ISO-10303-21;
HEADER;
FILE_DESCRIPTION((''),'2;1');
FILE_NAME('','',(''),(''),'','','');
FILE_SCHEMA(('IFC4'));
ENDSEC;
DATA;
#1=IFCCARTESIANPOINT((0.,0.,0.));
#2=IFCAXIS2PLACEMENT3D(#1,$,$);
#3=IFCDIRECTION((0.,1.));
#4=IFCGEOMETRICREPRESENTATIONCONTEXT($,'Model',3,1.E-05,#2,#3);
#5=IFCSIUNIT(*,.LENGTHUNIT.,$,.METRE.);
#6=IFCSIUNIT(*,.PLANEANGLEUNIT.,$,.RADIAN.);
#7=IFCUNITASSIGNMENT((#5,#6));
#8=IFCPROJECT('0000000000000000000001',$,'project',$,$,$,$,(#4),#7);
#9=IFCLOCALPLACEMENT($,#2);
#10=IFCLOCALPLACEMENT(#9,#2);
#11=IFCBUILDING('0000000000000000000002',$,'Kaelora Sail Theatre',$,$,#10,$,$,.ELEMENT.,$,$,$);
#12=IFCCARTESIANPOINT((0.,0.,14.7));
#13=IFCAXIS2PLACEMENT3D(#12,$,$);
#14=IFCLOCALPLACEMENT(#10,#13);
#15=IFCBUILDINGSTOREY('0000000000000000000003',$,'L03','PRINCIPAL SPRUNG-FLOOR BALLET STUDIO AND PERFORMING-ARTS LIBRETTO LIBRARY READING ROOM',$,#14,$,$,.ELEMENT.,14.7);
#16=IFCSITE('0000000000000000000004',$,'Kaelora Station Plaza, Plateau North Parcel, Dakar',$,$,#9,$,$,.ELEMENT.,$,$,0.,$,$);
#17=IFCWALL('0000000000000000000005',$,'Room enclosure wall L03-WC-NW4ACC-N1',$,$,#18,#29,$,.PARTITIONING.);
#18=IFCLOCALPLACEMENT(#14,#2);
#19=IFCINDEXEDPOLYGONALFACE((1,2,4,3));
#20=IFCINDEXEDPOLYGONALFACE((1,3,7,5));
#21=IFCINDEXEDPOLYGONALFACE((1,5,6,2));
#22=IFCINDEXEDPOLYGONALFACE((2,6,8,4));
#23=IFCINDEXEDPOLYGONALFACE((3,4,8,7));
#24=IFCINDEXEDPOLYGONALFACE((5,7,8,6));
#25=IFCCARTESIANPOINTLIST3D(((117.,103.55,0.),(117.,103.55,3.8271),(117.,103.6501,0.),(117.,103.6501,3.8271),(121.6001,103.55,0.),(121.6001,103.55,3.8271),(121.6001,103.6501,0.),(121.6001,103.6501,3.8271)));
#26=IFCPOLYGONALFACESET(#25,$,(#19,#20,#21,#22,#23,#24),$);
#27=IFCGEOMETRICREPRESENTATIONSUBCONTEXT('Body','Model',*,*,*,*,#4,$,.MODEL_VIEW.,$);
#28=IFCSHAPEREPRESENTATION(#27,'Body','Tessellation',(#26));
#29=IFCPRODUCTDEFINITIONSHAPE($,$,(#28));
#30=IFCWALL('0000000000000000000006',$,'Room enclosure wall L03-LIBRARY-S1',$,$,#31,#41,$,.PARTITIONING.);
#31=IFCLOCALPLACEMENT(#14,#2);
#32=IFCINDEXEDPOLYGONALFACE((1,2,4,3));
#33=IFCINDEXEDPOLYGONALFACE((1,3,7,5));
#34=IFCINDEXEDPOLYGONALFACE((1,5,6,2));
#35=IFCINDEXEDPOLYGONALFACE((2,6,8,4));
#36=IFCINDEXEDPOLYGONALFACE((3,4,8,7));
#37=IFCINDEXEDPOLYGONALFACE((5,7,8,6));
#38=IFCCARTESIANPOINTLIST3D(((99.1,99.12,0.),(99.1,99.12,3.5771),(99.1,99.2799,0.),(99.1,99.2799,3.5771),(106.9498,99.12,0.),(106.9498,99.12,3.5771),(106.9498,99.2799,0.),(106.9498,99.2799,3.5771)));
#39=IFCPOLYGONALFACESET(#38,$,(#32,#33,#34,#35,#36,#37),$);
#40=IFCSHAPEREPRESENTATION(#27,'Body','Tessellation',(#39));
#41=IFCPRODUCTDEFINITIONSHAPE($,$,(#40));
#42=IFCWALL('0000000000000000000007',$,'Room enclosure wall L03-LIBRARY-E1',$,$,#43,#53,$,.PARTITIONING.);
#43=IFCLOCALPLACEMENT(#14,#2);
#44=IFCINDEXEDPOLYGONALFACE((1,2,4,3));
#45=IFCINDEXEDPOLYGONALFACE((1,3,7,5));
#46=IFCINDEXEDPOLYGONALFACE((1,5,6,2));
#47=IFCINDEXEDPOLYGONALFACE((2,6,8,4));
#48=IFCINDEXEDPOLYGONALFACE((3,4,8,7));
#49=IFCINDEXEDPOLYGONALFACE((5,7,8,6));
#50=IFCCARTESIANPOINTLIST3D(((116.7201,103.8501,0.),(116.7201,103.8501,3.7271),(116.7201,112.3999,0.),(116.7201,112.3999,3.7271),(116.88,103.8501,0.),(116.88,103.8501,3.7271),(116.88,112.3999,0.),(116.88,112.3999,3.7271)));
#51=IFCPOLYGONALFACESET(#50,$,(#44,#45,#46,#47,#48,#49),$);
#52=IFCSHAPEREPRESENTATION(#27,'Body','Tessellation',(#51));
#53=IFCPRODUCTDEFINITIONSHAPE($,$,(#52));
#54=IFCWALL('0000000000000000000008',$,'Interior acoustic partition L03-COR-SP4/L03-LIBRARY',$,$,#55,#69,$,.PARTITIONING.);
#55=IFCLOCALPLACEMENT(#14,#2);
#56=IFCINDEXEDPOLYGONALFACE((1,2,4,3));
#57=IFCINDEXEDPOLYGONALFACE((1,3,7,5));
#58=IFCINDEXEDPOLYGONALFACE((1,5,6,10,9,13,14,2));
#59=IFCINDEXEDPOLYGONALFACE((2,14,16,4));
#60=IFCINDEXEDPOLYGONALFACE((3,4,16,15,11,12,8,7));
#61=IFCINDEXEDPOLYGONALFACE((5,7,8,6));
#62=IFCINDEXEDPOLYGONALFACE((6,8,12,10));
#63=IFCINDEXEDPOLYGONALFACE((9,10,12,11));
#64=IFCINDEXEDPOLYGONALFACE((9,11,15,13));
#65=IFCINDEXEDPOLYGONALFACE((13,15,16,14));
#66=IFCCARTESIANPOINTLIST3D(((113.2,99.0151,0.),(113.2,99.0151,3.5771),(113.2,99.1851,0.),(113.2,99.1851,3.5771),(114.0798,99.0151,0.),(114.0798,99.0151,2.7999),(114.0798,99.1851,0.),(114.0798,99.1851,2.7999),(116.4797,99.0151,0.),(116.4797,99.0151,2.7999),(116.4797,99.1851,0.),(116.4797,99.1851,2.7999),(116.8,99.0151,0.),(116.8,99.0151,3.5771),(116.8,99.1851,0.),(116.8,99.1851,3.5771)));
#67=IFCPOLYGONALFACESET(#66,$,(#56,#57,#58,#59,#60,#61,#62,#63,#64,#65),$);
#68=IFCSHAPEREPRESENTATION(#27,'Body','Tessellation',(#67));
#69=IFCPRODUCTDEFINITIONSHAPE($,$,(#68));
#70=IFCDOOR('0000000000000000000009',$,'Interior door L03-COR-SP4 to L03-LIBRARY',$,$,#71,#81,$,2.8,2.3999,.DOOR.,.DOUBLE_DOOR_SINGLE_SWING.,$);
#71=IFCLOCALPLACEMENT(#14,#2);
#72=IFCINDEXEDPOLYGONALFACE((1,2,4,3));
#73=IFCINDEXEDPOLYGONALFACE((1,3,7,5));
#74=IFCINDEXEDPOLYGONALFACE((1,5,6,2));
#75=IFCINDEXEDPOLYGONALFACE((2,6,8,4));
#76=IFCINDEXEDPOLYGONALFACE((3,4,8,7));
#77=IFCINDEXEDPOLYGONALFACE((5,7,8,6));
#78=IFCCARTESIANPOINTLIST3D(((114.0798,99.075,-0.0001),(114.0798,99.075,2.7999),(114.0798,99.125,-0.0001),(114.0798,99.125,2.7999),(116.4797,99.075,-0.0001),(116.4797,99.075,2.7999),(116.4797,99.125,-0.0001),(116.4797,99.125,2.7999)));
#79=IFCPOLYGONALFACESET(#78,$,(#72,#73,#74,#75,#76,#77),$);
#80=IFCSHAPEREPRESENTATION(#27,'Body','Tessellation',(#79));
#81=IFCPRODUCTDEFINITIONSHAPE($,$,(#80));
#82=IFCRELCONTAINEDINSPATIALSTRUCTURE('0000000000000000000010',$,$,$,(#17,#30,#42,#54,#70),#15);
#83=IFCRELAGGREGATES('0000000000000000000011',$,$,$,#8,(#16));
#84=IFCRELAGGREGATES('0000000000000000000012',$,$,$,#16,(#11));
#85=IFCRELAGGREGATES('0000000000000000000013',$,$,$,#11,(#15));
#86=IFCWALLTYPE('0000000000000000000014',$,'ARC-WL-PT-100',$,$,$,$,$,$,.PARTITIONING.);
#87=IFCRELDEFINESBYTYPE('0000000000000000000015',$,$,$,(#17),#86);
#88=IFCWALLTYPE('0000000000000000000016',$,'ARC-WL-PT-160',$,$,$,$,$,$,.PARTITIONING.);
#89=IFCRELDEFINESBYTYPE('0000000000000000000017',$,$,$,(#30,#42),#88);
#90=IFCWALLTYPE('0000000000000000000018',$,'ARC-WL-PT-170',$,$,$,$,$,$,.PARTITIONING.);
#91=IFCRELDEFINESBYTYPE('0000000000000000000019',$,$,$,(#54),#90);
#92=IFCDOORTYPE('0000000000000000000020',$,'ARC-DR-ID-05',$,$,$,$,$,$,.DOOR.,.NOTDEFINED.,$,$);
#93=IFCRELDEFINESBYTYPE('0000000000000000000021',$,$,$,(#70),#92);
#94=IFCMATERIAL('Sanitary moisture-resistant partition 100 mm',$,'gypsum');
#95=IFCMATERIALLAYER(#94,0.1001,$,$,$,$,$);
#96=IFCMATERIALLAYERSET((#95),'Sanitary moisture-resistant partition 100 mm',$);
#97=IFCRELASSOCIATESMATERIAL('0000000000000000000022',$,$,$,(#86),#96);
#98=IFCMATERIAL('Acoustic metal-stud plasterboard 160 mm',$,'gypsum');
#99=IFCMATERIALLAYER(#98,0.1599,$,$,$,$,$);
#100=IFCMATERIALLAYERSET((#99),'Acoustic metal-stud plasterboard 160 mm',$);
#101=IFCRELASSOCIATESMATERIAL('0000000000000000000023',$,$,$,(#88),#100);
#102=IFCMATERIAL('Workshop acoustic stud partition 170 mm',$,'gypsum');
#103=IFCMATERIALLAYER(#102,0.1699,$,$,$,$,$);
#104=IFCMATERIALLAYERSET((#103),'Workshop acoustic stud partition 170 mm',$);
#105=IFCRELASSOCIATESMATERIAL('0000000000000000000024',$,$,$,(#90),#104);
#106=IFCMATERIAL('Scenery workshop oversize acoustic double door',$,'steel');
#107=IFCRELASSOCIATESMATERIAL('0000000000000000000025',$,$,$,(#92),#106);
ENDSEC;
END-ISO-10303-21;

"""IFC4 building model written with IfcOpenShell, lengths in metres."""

from ifc_helpers import new_model, si_unit, direction, frame, frame_2d, origin, place, context, subcontext, project, spatial, rectangle, extrude, material, layer, layer_set, type_object, element, fill, save


model = new_model("IFC4")

# Units and contexts
model_context = context("Model", 3, precision=1e-05, world=origin(), true_north=direction((0.0, 1.0)))
body_context = subcontext(model_context, "Body", "Model", "MODEL_VIEW")
ifc_project = project(units=[si_unit("LENGTHUNIT", "METRE"), si_unit("PLANEANGLEUNIT", "RADIAN")], contexts=[model_context])

# Site, building, storey
site_placement = place(None, origin())
site = spatial("IfcSite", under=ifc_project, at=site_placement, Name="Kaelora Station Plaza, Plateau North Parcel, Dakar", CompositionType="ELEMENT", RefElevation=0.0)
building_placement = place(site_placement, origin())
building = spatial("IfcBuilding", under=site, at=building_placement, Name="Kaelora Sail Theatre", CompositionType="ELEMENT")
storey_placement = place(building_placement, frame((0.0, 0.0, 14.7)))
storey = spatial("IfcBuildingStorey", under=building, at=storey_placement, Name="L03", Description="PRINCIPAL SPRUNG-FLOOR BALLET STUDIO AND PERFORMING-ARTS LIBRETTO LIBRARY READING ROOM", CompositionType="ELEMENT", Elevation=14.7)

# Shared definitions
ifc_material_1 = material(Name="Sanitary moisture-resistant partition 100 mm", Category="gypsum")
ifc_layer_1 = layer(ifc_material_1, 0.1001)
ifc_layer_set_1 = layer_set([ifc_layer_1], Name="Sanitary moisture-resistant partition 100 mm")
wall_type_1 = type_object("IfcWallType", Name="ARC-WL-PT-100", PredefinedType="PARTITIONING", material=ifc_layer_set_1)

# Walls
wall_1_placement = place(storey_placement, frame((117.0, 103.6001, 0.0), z_axis=(0.0, 0.0, 1.0), x_axis=(1.0, 0.0, 0.0)))
element("IfcWall", 1, at=wall_1_placement, inside=storey, type_object=wall_type_1, Name="Room enclosure wall L03-WC-NW4ACC-N1", PredefinedType="PARTITIONING", context=body_context, shape_type="SweptSolid", body=[
    extrude(rectangle(XDim=4.6001, YDim=0.1001, at=frame_2d((2.3, 0.0))), origin(), (0.0, 0.0, 1.0), 3.8271),
])
ifc_material_2 = material(Name="Acoustic metal-stud plasterboard 160 mm", Category="gypsum")
ifc_layer_2 = layer(ifc_material_2, 0.1599)
ifc_layer_set_2 = layer_set([ifc_layer_2], Name="Acoustic metal-stud plasterboard 160 mm")
wall_type_2 = type_object("IfcWallType", Name="ARC-WL-PT-160", PredefinedType="PARTITIONING", material=ifc_layer_set_2)
wall_2_placement = place(storey_placement, frame((99.1001, 99.2, 0.0), z_axis=(0.0, 0.0, 1.0), x_axis=(1.0, 0.0, 0.0)))
element("IfcWall", 2, at=wall_2_placement, inside=storey, type_object=wall_type_2, Name="Room enclosure wall L03-LIBRARY-S1", PredefinedType="PARTITIONING", context=body_context, shape_type="SweptSolid", body=[
    extrude(rectangle(XDim=7.8499, YDim=0.1599, at=frame_2d((3.9248, 0.0))), origin(), (0.0, 0.0, 1.0), 3.5771),
])
wall_3_placement = place(storey_placement, frame((116.8, 103.8501, 0.0), z_axis=(0.0, 0.0, 1.0), x_axis=(0.0, 1.0, 0.0)))
element("IfcWall", 3, at=wall_3_placement, inside=storey, type_object=wall_type_2, Name="Room enclosure wall L03-LIBRARY-E1", PredefinedType="PARTITIONING", context=body_context, shape_type="SweptSolid", body=[
    extrude(rectangle(XDim=8.5498, YDim=0.1599, at=frame_2d((4.2749, 0.0))), origin(), (0.0, 0.0, 1.0), 3.7271),
])

# Wall, opening, door
ifc_material_3 = material(Name="Workshop acoustic stud partition 170 mm", Category="gypsum")
ifc_layer_3 = layer(ifc_material_3, 0.1699)
ifc_layer_set_3 = layer_set([ifc_layer_3], Name="Workshop acoustic stud partition 170 mm")
wall_type_3 = type_object("IfcWallType", Name="ARC-WL-PT-170", PredefinedType="PARTITIONING", material=ifc_layer_set_3)
wall_4_placement = place(storey_placement, frame((113.2, 99.1001, 0.0), z_axis=(0.0, 0.0, 1.0), x_axis=(1.0, 0.0, 0.0)))
wall_4 = element("IfcWall", 4, at=wall_4_placement, inside=storey, type_object=wall_type_3, Name="Interior acoustic partition L03-COR-SP4/L03-LIBRARY", PredefinedType="PARTITIONING", context=body_context, shape_type="SweptSolid", body=[
    extrude(rectangle(XDim=3.6001, YDim=0.1699, at=frame_2d((1.8, 0.0))), origin(), (0.0, 0.0, 1.0), 3.5771),
])
opening_1_placement = place(wall_4_placement, frame((0.8799, 0.0, 0.0)))
opening_1 = element("IfcOpeningElement", 5, at=opening_1_placement, cuts=wall_4, PredefinedType="OPENING", context=body_context, shape_type="SweptSolid", body=[
    extrude(rectangle(XDim=2.3999, YDim=2.8, at=frame_2d((1.2, 1.3999))), frame((0.0, 0.095, 0.0), z_axis=(0.0, -1.0, 0.0), x_axis=(1.0, 0.0, 0.0)), (0.0, 0.0, 1.0), 0.1899),
])
ifc_material_4 = material(Name="Scenery workshop oversize acoustic double door", Category="steel")
door_type_1 = type_object("IfcDoorType", Name="ARC-DR-ID-05", OperationType="NOTDEFINED", PredefinedType="DOOR", material=ifc_material_4)
door_1_placement = place(opening_1_placement, origin())
door_1 = element("IfcDoor", 6, at=door_1_placement, inside=storey, type_object=door_type_1, Name="Interior door L03-COR-SP4 to L03-LIBRARY", OperationType="DOUBLE_DOOR_SINGLE_SWING", OverallHeight=2.8, OverallWidth=2.3999, PredefinedType="DOOR", context=body_context, shape_type="SweptSolid", body=[
    extrude(rectangle(XDim=2.3999, YDim=2.8, at=frame_2d((1.2, 1.3999))), frame((0.0, 0.0249, 0.0), z_axis=(0.0, -1.0, 0.0), x_axis=(1.0, 0.0, 0.0)), (0.0, 0.0, 1.0), 0.05),
])
fill(opening_1, door_1)

save(model, "model.ifc")
